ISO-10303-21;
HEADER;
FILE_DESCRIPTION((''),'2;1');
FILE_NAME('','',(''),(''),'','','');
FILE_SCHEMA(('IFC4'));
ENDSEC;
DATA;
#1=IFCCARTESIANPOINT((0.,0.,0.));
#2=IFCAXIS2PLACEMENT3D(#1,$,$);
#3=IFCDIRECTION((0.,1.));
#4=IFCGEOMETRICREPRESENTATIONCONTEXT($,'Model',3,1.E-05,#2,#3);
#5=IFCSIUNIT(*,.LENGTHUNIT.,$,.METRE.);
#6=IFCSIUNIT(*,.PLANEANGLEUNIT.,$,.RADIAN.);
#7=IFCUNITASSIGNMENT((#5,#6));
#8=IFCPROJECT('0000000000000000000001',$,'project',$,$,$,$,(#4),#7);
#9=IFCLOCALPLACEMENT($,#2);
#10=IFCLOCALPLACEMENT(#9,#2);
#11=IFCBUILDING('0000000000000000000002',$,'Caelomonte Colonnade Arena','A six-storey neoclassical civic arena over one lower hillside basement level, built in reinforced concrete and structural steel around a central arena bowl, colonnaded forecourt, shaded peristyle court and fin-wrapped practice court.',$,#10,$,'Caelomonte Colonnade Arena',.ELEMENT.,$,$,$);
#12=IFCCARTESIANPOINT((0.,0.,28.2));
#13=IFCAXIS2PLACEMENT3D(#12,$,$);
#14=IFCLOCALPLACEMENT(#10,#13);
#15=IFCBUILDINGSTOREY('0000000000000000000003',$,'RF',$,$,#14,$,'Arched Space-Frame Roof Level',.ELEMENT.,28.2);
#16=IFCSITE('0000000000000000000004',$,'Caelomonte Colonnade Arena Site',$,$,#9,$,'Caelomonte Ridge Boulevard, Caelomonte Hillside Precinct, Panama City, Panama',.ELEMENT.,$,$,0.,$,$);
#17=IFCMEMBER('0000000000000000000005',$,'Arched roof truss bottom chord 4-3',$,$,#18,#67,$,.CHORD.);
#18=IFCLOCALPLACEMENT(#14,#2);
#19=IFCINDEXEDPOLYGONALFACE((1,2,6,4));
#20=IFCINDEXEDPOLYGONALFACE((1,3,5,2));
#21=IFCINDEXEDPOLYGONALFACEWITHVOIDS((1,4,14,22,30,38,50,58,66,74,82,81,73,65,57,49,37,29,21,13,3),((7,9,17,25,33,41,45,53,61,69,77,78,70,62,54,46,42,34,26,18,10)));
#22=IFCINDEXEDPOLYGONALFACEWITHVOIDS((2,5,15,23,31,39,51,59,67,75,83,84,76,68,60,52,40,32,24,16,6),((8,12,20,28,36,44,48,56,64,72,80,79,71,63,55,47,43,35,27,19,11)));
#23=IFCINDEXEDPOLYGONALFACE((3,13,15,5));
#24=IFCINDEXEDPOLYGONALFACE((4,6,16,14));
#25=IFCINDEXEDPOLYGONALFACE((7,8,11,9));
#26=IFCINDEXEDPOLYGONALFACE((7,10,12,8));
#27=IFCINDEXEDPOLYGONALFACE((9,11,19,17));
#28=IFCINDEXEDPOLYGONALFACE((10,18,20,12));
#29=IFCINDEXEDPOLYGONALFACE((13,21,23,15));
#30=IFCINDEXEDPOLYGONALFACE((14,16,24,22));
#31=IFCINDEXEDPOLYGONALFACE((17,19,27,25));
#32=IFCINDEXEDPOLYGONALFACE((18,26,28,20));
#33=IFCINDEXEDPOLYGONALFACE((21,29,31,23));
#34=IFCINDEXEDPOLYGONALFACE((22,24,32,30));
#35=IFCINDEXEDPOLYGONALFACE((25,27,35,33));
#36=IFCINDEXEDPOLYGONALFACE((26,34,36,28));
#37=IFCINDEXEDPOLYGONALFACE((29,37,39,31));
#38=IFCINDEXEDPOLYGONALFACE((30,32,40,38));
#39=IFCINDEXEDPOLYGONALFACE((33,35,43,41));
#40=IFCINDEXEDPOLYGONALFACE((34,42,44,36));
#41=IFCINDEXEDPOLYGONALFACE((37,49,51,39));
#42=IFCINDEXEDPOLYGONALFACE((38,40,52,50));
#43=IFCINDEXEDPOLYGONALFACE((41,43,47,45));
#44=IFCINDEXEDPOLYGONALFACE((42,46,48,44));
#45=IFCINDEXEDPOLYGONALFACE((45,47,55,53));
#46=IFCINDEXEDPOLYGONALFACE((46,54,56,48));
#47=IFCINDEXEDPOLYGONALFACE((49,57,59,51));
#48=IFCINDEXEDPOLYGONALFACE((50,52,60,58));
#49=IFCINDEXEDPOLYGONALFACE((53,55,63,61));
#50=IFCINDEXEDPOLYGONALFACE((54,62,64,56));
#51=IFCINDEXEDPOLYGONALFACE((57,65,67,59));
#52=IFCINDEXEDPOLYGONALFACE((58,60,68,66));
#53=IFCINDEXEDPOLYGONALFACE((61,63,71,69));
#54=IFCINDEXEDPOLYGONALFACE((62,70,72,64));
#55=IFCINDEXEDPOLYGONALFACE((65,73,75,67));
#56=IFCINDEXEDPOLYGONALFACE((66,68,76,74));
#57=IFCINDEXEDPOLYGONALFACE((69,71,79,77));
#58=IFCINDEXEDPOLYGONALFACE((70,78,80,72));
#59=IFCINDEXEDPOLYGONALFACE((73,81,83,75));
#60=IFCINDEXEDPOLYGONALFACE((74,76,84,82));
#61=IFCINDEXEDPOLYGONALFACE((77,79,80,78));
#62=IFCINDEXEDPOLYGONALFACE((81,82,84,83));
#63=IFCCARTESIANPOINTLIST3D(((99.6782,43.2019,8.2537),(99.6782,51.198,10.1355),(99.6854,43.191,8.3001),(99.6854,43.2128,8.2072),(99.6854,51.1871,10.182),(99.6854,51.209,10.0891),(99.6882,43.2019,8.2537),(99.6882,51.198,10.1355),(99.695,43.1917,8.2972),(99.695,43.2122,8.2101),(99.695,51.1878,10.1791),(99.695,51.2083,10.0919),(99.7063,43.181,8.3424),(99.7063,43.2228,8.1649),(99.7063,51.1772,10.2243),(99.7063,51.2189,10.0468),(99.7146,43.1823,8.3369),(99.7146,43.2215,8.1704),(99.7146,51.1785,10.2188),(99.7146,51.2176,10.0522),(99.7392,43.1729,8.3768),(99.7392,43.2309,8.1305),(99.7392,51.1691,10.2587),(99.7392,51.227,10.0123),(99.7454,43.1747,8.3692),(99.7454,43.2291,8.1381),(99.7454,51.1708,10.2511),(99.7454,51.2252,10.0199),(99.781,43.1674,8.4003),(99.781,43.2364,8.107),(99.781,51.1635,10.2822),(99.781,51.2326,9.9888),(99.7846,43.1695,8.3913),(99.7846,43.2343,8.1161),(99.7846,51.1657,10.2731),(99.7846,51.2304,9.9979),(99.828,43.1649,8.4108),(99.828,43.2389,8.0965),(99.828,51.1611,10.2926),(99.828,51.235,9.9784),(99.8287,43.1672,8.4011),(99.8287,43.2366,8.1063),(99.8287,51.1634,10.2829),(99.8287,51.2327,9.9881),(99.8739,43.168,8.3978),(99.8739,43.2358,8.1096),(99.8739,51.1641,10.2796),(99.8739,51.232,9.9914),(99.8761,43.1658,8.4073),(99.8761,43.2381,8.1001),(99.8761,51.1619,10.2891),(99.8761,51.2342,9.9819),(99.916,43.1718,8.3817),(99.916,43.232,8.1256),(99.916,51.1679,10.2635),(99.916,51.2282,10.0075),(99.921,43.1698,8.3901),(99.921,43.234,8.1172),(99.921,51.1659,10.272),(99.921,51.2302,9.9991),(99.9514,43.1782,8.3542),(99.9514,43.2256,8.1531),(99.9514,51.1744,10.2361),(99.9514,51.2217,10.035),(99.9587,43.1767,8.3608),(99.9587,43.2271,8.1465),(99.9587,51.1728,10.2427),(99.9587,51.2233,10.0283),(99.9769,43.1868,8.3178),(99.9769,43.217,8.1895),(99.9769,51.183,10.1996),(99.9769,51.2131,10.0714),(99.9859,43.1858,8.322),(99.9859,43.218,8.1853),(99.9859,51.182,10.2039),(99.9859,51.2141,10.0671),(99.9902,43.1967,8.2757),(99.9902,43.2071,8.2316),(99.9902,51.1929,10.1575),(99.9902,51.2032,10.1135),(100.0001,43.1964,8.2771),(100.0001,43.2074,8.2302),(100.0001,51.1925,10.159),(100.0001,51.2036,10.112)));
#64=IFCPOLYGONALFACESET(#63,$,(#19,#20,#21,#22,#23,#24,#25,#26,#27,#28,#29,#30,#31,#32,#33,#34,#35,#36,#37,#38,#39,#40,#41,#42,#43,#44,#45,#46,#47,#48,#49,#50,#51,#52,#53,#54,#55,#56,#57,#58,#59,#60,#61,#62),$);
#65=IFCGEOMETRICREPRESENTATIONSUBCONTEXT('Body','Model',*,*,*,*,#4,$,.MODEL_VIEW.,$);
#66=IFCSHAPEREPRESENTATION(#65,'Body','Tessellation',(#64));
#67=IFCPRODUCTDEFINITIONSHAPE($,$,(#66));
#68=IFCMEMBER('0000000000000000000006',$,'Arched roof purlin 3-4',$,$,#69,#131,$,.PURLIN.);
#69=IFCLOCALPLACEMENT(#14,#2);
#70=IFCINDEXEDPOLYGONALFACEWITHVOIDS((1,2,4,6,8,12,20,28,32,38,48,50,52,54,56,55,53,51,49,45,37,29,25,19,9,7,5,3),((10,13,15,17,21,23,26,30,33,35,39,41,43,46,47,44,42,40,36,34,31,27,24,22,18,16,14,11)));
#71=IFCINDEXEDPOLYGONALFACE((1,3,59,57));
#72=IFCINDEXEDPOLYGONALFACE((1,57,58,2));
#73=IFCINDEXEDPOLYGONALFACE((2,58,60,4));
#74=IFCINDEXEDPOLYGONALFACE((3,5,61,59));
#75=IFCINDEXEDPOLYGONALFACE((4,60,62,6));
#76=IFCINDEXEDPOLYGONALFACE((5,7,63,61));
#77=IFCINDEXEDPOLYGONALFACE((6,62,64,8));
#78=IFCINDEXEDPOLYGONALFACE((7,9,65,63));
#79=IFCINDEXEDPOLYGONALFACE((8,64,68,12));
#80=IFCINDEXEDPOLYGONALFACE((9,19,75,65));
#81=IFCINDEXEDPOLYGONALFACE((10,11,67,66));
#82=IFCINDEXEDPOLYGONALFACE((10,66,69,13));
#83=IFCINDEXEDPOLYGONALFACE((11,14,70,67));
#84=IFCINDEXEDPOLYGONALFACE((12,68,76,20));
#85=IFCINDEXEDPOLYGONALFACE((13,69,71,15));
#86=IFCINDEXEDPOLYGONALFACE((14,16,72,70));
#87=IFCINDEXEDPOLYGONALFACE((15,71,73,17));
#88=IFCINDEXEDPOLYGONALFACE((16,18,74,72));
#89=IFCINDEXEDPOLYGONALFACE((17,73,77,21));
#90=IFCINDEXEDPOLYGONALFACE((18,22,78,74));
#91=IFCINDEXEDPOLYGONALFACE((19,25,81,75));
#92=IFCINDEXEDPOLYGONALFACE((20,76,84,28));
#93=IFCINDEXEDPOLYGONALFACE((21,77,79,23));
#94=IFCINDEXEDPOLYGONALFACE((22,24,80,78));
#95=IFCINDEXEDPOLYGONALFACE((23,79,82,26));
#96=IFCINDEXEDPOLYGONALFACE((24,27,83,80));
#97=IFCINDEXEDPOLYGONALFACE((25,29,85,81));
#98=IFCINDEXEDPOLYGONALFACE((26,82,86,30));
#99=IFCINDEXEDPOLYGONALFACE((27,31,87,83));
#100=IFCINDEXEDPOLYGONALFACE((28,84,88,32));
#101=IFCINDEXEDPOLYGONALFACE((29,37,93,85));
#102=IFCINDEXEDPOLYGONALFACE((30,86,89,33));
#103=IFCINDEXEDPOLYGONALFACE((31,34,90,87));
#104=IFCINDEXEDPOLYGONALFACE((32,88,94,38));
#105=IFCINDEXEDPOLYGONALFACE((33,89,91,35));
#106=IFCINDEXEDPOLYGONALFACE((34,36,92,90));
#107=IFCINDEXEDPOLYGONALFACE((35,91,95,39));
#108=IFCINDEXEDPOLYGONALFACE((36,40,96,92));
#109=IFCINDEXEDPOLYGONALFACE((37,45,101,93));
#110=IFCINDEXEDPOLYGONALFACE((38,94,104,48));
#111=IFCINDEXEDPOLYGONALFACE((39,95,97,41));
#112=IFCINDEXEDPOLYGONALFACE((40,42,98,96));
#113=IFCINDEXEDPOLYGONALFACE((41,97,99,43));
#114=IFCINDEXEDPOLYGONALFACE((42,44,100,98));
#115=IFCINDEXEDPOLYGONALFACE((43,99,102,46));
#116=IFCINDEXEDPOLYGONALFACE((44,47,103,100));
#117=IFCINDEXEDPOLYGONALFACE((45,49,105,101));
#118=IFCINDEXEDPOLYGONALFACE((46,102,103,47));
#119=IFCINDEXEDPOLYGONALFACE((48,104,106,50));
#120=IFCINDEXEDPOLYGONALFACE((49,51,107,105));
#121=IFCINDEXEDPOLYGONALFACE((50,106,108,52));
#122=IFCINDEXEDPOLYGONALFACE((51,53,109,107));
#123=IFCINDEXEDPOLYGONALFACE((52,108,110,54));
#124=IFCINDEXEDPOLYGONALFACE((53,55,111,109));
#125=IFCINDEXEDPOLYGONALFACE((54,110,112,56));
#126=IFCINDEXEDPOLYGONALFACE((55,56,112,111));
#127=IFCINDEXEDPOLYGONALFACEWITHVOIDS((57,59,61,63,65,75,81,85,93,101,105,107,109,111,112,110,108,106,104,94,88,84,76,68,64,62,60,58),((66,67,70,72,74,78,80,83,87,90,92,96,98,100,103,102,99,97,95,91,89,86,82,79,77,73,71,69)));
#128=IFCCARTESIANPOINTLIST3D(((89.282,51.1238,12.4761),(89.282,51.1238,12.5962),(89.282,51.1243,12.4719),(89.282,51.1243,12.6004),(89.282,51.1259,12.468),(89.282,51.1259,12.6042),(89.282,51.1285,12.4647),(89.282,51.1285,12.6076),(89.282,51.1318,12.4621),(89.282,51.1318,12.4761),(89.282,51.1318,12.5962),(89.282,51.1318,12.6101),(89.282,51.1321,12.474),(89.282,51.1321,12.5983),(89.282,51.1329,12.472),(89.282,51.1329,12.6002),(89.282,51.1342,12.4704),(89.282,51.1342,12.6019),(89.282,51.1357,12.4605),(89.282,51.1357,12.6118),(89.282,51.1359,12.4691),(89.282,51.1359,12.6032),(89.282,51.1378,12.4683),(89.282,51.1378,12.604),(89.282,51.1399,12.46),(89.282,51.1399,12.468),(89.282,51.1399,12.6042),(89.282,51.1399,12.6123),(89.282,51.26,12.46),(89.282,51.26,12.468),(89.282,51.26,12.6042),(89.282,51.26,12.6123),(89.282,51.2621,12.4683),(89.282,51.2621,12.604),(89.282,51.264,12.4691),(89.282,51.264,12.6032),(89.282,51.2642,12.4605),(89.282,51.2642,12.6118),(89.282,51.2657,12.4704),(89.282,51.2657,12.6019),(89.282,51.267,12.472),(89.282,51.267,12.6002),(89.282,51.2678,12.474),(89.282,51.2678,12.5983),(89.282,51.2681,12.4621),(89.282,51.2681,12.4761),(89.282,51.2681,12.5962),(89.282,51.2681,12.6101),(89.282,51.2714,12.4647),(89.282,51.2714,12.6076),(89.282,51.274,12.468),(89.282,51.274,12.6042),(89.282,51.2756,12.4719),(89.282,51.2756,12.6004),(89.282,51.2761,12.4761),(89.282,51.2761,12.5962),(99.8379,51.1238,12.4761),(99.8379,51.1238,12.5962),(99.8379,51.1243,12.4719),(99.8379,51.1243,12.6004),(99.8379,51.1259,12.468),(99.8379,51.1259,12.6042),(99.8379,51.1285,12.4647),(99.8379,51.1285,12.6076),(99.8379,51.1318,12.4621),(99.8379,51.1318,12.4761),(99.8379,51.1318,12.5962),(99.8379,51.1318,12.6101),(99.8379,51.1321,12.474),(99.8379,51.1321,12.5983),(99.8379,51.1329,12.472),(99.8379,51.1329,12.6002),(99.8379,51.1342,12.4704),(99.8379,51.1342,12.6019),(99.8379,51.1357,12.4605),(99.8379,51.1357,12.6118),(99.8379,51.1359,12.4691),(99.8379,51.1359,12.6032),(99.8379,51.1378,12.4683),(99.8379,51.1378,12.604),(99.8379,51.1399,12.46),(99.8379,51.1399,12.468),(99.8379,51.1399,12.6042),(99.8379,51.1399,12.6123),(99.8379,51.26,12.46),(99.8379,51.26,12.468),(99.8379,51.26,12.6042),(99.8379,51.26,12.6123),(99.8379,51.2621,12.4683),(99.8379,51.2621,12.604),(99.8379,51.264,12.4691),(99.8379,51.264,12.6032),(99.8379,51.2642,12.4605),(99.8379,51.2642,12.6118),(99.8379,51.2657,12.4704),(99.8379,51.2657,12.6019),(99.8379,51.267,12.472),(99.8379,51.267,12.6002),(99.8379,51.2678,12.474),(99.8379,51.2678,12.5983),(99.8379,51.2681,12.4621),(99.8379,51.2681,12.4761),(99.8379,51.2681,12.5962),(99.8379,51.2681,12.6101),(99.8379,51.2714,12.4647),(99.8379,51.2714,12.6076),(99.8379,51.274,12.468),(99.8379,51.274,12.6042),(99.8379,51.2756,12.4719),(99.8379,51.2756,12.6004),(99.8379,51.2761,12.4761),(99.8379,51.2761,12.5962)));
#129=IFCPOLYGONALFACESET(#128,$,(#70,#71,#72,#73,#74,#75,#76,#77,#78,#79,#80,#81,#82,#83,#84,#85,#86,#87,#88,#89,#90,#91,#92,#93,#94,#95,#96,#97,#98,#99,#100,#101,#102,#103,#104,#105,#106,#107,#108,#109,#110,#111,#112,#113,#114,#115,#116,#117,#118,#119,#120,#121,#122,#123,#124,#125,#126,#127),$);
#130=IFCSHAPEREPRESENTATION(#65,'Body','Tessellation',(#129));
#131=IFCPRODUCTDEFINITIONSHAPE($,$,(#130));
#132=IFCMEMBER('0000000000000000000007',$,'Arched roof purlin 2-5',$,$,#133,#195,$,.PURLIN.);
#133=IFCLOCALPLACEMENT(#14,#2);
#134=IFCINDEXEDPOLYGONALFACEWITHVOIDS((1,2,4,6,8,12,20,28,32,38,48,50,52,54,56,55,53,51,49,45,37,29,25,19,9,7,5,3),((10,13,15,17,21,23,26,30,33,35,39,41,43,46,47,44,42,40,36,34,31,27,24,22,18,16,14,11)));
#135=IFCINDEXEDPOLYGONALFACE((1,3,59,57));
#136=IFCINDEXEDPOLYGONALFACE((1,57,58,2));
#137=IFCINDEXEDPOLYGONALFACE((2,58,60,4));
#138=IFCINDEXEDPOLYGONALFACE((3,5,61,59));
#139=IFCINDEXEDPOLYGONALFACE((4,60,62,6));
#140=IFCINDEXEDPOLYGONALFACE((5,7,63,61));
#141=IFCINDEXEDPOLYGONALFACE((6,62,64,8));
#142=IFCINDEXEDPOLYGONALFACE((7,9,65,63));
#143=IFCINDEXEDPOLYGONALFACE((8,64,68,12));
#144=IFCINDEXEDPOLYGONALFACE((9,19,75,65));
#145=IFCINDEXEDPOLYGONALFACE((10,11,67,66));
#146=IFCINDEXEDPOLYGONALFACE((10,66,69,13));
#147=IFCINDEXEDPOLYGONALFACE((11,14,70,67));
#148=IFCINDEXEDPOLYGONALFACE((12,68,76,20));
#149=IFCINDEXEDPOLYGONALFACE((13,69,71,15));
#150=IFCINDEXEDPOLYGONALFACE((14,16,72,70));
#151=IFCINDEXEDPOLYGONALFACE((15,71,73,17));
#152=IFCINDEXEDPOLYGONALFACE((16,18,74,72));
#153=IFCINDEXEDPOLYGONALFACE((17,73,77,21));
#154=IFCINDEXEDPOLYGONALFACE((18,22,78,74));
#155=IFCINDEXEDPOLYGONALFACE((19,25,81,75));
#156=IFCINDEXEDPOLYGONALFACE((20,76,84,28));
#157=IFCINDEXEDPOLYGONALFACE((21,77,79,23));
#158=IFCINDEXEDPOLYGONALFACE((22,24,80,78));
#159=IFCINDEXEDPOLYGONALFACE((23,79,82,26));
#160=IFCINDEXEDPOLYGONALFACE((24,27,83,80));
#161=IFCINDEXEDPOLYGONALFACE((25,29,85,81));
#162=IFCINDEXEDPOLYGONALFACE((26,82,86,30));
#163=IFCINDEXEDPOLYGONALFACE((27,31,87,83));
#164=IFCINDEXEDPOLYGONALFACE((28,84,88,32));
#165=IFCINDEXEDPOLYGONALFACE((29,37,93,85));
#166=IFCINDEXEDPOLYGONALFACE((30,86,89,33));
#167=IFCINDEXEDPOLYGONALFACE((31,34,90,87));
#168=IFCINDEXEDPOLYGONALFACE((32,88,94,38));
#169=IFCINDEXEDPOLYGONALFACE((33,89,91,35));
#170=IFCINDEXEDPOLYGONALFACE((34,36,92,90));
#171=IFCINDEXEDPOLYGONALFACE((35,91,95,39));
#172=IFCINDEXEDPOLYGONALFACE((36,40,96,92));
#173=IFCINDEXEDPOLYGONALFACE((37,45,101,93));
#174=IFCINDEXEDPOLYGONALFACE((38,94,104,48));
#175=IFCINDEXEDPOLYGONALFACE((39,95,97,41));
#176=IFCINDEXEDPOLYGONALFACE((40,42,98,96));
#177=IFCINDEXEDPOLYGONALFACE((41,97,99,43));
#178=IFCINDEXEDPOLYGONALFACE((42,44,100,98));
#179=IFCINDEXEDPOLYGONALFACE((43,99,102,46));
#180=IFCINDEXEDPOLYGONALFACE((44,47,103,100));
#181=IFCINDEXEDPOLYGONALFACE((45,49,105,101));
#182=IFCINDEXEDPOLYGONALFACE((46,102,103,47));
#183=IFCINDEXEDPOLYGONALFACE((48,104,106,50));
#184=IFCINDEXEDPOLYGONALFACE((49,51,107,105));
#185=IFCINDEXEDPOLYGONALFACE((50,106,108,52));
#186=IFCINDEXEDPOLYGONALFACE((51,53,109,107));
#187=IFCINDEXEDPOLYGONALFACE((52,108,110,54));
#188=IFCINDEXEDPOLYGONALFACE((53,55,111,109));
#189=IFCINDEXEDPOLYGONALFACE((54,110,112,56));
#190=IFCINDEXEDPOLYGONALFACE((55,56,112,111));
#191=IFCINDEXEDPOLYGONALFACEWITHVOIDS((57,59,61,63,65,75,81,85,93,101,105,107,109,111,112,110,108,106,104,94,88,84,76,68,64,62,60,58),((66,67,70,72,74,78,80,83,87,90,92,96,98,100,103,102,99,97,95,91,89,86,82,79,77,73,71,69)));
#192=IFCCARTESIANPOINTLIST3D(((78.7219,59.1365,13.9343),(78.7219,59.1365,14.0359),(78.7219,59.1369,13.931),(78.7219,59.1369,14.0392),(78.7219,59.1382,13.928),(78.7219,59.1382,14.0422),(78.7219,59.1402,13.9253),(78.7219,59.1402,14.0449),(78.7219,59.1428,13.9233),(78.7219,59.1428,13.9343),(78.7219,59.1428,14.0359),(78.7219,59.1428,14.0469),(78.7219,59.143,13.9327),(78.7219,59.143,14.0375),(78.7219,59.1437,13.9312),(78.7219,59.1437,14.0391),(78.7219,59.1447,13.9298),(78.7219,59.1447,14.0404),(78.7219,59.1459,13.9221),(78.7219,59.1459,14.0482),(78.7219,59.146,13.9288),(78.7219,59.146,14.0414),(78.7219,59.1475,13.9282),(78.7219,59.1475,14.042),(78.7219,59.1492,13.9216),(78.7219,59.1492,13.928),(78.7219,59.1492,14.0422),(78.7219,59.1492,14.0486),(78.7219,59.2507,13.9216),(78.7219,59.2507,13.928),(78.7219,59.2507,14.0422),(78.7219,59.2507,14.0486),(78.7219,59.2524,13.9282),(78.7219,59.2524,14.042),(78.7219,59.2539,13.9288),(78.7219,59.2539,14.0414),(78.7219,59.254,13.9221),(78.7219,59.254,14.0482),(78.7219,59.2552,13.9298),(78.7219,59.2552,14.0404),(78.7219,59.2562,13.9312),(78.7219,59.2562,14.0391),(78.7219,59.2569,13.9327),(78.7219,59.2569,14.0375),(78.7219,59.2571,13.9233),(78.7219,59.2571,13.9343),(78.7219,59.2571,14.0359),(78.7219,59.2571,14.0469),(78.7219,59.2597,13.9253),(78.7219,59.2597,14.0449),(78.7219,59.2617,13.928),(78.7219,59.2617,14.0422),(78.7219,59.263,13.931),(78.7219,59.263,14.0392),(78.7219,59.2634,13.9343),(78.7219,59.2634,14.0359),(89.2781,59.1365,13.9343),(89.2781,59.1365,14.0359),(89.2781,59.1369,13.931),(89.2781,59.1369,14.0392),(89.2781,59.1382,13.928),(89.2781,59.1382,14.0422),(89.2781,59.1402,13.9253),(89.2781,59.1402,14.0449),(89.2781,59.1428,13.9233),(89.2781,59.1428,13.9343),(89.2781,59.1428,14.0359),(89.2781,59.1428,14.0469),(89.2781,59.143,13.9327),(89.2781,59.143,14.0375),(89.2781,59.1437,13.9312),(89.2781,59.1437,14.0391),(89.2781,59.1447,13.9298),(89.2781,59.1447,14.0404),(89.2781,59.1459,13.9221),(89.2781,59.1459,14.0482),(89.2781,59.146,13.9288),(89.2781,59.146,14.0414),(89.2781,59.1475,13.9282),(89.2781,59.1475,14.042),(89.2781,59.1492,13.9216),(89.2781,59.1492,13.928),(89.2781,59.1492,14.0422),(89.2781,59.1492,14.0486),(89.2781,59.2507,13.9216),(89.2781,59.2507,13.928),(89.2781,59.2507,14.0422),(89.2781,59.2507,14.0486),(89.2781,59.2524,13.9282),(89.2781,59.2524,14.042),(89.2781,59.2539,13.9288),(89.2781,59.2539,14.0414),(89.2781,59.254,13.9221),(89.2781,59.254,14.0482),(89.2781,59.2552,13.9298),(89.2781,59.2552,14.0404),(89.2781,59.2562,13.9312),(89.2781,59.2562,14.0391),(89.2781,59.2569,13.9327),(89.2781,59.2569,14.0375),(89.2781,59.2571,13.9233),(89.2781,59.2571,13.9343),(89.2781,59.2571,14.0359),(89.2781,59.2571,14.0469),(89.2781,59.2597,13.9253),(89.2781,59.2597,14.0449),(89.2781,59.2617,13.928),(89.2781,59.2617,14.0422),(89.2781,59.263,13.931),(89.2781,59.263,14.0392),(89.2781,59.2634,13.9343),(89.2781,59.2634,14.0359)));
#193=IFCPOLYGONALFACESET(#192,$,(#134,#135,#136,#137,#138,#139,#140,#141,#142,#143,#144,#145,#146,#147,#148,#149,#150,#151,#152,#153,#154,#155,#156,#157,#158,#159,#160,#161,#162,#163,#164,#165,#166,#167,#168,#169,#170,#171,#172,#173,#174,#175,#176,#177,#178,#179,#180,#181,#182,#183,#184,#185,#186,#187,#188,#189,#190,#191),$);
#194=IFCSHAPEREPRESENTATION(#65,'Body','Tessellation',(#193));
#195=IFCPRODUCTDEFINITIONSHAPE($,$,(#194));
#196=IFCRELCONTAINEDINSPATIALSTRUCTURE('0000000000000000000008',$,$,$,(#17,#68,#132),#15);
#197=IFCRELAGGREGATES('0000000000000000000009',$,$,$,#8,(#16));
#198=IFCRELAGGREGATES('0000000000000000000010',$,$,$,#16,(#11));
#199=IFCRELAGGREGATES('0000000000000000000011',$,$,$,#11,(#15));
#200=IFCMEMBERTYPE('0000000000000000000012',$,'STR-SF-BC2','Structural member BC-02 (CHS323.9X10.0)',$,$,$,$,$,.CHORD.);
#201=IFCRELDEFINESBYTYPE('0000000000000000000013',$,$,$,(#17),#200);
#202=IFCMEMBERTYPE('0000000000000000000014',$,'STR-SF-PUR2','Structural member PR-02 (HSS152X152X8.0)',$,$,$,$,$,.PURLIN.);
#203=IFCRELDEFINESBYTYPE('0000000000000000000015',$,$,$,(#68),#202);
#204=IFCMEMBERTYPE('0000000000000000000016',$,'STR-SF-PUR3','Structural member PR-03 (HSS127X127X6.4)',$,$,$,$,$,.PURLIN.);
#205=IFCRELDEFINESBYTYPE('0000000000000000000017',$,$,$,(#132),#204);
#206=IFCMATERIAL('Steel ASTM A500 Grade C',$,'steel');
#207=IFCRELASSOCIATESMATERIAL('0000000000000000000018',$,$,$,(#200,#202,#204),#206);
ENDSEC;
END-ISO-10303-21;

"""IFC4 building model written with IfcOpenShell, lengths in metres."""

from ifc_helpers import new_model, si_unit, direction, frame, origin, origin_2d, place, context, subcontext, project, spatial, hollow_rectangle, hollow_circle, extrude, material, material_profile, profile_set, type_object, element, save


model = new_model("IFC4")

# Units and contexts
model_context = context("Model", 3, precision=1e-05, world=origin(), true_north=direction((0.0, 1.0)))
body_context = subcontext(model_context, "Body", "Model", "MODEL_VIEW")
ifc_project = project(units=[si_unit("LENGTHUNIT", "METRE"), si_unit("PLANEANGLEUNIT", "RADIAN")], contexts=[model_context])

# Site, building, storey
site_placement = place(None, origin())
site = spatial("IfcSite", under=ifc_project, at=site_placement, Name="Caelomonte Colonnade Arena Site", LongName="Caelomonte Ridge Boulevard, Caelomonte Hillside Precinct, Panama City, Panama", CompositionType="ELEMENT", RefElevation=0.0)
building_placement = place(site_placement, origin())
building = spatial("IfcBuilding", under=site, at=building_placement, Name="Caelomonte Colonnade Arena", Description="A six-storey neoclassical civic arena over one lower hillside basement level, built in reinforced concrete and structural steel around a central arena bowl, colonnaded forecourt, shaded peristyle court and fin-wrapped practice court.", LongName="Caelomonte Colonnade Arena", CompositionType="ELEMENT")
storey_placement = place(building_placement, frame((0.0, 0.0, 28.2)))
storey = spatial("IfcBuildingStorey", under=building, at=storey_placement, Name="RF", LongName="Arched Space-Frame Roof Level", CompositionType="ELEMENT", Elevation=28.2)

# Members
ifc_material_1 = material(Name="Steel ASTM A500 Grade C", Category="steel")
ifc_material_profile_1 = material_profile(ifc_material_1, hollow_circle(Radius=0.1619, WallThickness=0.01, at=origin_2d()), Name="CHS323.9X10.0")
ifc_profile_set_1 = profile_set([ifc_material_profile_1], Name="Steel ASTM A500 Grade C")
member_type_1 = type_object("IfcMemberType", Name="STR-SF-BC2", Description="Structural member BC-02 (CHS323.9X10.0)", PredefinedType="CHORD", material=ifc_profile_set_1)
member_1_placement = place(storey_placement, frame((99.8401, 43.2019, 8.2537), z_axis=(0.0, 0.973406, 0.229086), x_axis=(-1.0, 0.0, 0.0)))
element("IfcMember", 1, at=member_1_placement, inside=storey, type_object=member_type_1, Name="Arched roof truss bottom chord 4-3", PredefinedType="CHORD", context=body_context, shape_type="SweptSolid", body=[
    extrude(hollow_circle(Radius=0.1619, WallThickness=0.01, at=origin_2d()), origin(), (0.0, 0.0, 1.0), 8.2146),
])
ifc_material_profile_2 = material_profile(ifc_material_1, hollow_rectangle(XDim=0.1523, YDim=0.1523, WallThickness=0.0081, InnerFilletRadius=0.0081, OuterFilletRadius=0.0161, at=origin_2d()), Name="HSS152X152X8.0")
ifc_profile_set_2 = profile_set([ifc_material_profile_2], Name="Steel ASTM A500 Grade C")
member_type_2 = type_object("IfcMemberType", Name="STR-SF-PUR2", Description="Structural member PR-02 (HSS152X152X8.0)", PredefinedType="PURLIN", material=ifc_profile_set_2)
member_2_placement = place(storey_placement, frame((89.282, 51.2, 12.5361), z_axis=(1.0, 0.0, 0.0), x_axis=(0.0, 1.0, 0.0)))
element("IfcMember", 2, at=member_2_placement, inside=storey, type_object=member_type_2, Name="Arched roof purlin 3-4", PredefinedType="PURLIN", context=body_context, shape_type="SweptSolid", body=[
    extrude(hollow_rectangle(XDim=0.1523, YDim=0.1523, WallThickness=0.0081, InnerFilletRadius=0.0081, OuterFilletRadius=0.0161, at=origin_2d()), origin(), (0.0, 0.0, 1.0), 10.5559),
])
ifc_material_profile_3 = material_profile(ifc_material_1, hollow_rectangle(XDim=0.127, YDim=0.127, WallThickness=0.0063, InnerFilletRadius=0.0063, OuterFilletRadius=0.0127, at=origin_2d()), Name="HSS127X127X6.4")
ifc_profile_set_3 = profile_set([ifc_material_profile_3], Name="Steel ASTM A500 Grade C")
member_type_3 = type_object("IfcMemberType", Name="STR-SF-PUR3", Description="Structural member PR-03 (HSS127X127X6.4)", PredefinedType="PURLIN", material=ifc_profile_set_3)
member_3_placement = place(storey_placement, frame((78.7219, 59.2, 13.9851), z_axis=(1.0, 0.0, 0.0), x_axis=(0.0, 1.0, 0.0)))
element("IfcMember", 3, at=member_3_placement, inside=storey, type_object=member_type_3, Name="Arched roof purlin 2-5", PredefinedType="PURLIN", context=body_context, shape_type="SweptSolid", body=[
    extrude(hollow_rectangle(XDim=0.127, YDim=0.127, WallThickness=0.0063, InnerFilletRadius=0.0063, OuterFilletRadius=0.0127, at=origin_2d()), origin(), (0.0, 0.0, 1.0), 10.5562),
])

save(model, "model.ifc")
